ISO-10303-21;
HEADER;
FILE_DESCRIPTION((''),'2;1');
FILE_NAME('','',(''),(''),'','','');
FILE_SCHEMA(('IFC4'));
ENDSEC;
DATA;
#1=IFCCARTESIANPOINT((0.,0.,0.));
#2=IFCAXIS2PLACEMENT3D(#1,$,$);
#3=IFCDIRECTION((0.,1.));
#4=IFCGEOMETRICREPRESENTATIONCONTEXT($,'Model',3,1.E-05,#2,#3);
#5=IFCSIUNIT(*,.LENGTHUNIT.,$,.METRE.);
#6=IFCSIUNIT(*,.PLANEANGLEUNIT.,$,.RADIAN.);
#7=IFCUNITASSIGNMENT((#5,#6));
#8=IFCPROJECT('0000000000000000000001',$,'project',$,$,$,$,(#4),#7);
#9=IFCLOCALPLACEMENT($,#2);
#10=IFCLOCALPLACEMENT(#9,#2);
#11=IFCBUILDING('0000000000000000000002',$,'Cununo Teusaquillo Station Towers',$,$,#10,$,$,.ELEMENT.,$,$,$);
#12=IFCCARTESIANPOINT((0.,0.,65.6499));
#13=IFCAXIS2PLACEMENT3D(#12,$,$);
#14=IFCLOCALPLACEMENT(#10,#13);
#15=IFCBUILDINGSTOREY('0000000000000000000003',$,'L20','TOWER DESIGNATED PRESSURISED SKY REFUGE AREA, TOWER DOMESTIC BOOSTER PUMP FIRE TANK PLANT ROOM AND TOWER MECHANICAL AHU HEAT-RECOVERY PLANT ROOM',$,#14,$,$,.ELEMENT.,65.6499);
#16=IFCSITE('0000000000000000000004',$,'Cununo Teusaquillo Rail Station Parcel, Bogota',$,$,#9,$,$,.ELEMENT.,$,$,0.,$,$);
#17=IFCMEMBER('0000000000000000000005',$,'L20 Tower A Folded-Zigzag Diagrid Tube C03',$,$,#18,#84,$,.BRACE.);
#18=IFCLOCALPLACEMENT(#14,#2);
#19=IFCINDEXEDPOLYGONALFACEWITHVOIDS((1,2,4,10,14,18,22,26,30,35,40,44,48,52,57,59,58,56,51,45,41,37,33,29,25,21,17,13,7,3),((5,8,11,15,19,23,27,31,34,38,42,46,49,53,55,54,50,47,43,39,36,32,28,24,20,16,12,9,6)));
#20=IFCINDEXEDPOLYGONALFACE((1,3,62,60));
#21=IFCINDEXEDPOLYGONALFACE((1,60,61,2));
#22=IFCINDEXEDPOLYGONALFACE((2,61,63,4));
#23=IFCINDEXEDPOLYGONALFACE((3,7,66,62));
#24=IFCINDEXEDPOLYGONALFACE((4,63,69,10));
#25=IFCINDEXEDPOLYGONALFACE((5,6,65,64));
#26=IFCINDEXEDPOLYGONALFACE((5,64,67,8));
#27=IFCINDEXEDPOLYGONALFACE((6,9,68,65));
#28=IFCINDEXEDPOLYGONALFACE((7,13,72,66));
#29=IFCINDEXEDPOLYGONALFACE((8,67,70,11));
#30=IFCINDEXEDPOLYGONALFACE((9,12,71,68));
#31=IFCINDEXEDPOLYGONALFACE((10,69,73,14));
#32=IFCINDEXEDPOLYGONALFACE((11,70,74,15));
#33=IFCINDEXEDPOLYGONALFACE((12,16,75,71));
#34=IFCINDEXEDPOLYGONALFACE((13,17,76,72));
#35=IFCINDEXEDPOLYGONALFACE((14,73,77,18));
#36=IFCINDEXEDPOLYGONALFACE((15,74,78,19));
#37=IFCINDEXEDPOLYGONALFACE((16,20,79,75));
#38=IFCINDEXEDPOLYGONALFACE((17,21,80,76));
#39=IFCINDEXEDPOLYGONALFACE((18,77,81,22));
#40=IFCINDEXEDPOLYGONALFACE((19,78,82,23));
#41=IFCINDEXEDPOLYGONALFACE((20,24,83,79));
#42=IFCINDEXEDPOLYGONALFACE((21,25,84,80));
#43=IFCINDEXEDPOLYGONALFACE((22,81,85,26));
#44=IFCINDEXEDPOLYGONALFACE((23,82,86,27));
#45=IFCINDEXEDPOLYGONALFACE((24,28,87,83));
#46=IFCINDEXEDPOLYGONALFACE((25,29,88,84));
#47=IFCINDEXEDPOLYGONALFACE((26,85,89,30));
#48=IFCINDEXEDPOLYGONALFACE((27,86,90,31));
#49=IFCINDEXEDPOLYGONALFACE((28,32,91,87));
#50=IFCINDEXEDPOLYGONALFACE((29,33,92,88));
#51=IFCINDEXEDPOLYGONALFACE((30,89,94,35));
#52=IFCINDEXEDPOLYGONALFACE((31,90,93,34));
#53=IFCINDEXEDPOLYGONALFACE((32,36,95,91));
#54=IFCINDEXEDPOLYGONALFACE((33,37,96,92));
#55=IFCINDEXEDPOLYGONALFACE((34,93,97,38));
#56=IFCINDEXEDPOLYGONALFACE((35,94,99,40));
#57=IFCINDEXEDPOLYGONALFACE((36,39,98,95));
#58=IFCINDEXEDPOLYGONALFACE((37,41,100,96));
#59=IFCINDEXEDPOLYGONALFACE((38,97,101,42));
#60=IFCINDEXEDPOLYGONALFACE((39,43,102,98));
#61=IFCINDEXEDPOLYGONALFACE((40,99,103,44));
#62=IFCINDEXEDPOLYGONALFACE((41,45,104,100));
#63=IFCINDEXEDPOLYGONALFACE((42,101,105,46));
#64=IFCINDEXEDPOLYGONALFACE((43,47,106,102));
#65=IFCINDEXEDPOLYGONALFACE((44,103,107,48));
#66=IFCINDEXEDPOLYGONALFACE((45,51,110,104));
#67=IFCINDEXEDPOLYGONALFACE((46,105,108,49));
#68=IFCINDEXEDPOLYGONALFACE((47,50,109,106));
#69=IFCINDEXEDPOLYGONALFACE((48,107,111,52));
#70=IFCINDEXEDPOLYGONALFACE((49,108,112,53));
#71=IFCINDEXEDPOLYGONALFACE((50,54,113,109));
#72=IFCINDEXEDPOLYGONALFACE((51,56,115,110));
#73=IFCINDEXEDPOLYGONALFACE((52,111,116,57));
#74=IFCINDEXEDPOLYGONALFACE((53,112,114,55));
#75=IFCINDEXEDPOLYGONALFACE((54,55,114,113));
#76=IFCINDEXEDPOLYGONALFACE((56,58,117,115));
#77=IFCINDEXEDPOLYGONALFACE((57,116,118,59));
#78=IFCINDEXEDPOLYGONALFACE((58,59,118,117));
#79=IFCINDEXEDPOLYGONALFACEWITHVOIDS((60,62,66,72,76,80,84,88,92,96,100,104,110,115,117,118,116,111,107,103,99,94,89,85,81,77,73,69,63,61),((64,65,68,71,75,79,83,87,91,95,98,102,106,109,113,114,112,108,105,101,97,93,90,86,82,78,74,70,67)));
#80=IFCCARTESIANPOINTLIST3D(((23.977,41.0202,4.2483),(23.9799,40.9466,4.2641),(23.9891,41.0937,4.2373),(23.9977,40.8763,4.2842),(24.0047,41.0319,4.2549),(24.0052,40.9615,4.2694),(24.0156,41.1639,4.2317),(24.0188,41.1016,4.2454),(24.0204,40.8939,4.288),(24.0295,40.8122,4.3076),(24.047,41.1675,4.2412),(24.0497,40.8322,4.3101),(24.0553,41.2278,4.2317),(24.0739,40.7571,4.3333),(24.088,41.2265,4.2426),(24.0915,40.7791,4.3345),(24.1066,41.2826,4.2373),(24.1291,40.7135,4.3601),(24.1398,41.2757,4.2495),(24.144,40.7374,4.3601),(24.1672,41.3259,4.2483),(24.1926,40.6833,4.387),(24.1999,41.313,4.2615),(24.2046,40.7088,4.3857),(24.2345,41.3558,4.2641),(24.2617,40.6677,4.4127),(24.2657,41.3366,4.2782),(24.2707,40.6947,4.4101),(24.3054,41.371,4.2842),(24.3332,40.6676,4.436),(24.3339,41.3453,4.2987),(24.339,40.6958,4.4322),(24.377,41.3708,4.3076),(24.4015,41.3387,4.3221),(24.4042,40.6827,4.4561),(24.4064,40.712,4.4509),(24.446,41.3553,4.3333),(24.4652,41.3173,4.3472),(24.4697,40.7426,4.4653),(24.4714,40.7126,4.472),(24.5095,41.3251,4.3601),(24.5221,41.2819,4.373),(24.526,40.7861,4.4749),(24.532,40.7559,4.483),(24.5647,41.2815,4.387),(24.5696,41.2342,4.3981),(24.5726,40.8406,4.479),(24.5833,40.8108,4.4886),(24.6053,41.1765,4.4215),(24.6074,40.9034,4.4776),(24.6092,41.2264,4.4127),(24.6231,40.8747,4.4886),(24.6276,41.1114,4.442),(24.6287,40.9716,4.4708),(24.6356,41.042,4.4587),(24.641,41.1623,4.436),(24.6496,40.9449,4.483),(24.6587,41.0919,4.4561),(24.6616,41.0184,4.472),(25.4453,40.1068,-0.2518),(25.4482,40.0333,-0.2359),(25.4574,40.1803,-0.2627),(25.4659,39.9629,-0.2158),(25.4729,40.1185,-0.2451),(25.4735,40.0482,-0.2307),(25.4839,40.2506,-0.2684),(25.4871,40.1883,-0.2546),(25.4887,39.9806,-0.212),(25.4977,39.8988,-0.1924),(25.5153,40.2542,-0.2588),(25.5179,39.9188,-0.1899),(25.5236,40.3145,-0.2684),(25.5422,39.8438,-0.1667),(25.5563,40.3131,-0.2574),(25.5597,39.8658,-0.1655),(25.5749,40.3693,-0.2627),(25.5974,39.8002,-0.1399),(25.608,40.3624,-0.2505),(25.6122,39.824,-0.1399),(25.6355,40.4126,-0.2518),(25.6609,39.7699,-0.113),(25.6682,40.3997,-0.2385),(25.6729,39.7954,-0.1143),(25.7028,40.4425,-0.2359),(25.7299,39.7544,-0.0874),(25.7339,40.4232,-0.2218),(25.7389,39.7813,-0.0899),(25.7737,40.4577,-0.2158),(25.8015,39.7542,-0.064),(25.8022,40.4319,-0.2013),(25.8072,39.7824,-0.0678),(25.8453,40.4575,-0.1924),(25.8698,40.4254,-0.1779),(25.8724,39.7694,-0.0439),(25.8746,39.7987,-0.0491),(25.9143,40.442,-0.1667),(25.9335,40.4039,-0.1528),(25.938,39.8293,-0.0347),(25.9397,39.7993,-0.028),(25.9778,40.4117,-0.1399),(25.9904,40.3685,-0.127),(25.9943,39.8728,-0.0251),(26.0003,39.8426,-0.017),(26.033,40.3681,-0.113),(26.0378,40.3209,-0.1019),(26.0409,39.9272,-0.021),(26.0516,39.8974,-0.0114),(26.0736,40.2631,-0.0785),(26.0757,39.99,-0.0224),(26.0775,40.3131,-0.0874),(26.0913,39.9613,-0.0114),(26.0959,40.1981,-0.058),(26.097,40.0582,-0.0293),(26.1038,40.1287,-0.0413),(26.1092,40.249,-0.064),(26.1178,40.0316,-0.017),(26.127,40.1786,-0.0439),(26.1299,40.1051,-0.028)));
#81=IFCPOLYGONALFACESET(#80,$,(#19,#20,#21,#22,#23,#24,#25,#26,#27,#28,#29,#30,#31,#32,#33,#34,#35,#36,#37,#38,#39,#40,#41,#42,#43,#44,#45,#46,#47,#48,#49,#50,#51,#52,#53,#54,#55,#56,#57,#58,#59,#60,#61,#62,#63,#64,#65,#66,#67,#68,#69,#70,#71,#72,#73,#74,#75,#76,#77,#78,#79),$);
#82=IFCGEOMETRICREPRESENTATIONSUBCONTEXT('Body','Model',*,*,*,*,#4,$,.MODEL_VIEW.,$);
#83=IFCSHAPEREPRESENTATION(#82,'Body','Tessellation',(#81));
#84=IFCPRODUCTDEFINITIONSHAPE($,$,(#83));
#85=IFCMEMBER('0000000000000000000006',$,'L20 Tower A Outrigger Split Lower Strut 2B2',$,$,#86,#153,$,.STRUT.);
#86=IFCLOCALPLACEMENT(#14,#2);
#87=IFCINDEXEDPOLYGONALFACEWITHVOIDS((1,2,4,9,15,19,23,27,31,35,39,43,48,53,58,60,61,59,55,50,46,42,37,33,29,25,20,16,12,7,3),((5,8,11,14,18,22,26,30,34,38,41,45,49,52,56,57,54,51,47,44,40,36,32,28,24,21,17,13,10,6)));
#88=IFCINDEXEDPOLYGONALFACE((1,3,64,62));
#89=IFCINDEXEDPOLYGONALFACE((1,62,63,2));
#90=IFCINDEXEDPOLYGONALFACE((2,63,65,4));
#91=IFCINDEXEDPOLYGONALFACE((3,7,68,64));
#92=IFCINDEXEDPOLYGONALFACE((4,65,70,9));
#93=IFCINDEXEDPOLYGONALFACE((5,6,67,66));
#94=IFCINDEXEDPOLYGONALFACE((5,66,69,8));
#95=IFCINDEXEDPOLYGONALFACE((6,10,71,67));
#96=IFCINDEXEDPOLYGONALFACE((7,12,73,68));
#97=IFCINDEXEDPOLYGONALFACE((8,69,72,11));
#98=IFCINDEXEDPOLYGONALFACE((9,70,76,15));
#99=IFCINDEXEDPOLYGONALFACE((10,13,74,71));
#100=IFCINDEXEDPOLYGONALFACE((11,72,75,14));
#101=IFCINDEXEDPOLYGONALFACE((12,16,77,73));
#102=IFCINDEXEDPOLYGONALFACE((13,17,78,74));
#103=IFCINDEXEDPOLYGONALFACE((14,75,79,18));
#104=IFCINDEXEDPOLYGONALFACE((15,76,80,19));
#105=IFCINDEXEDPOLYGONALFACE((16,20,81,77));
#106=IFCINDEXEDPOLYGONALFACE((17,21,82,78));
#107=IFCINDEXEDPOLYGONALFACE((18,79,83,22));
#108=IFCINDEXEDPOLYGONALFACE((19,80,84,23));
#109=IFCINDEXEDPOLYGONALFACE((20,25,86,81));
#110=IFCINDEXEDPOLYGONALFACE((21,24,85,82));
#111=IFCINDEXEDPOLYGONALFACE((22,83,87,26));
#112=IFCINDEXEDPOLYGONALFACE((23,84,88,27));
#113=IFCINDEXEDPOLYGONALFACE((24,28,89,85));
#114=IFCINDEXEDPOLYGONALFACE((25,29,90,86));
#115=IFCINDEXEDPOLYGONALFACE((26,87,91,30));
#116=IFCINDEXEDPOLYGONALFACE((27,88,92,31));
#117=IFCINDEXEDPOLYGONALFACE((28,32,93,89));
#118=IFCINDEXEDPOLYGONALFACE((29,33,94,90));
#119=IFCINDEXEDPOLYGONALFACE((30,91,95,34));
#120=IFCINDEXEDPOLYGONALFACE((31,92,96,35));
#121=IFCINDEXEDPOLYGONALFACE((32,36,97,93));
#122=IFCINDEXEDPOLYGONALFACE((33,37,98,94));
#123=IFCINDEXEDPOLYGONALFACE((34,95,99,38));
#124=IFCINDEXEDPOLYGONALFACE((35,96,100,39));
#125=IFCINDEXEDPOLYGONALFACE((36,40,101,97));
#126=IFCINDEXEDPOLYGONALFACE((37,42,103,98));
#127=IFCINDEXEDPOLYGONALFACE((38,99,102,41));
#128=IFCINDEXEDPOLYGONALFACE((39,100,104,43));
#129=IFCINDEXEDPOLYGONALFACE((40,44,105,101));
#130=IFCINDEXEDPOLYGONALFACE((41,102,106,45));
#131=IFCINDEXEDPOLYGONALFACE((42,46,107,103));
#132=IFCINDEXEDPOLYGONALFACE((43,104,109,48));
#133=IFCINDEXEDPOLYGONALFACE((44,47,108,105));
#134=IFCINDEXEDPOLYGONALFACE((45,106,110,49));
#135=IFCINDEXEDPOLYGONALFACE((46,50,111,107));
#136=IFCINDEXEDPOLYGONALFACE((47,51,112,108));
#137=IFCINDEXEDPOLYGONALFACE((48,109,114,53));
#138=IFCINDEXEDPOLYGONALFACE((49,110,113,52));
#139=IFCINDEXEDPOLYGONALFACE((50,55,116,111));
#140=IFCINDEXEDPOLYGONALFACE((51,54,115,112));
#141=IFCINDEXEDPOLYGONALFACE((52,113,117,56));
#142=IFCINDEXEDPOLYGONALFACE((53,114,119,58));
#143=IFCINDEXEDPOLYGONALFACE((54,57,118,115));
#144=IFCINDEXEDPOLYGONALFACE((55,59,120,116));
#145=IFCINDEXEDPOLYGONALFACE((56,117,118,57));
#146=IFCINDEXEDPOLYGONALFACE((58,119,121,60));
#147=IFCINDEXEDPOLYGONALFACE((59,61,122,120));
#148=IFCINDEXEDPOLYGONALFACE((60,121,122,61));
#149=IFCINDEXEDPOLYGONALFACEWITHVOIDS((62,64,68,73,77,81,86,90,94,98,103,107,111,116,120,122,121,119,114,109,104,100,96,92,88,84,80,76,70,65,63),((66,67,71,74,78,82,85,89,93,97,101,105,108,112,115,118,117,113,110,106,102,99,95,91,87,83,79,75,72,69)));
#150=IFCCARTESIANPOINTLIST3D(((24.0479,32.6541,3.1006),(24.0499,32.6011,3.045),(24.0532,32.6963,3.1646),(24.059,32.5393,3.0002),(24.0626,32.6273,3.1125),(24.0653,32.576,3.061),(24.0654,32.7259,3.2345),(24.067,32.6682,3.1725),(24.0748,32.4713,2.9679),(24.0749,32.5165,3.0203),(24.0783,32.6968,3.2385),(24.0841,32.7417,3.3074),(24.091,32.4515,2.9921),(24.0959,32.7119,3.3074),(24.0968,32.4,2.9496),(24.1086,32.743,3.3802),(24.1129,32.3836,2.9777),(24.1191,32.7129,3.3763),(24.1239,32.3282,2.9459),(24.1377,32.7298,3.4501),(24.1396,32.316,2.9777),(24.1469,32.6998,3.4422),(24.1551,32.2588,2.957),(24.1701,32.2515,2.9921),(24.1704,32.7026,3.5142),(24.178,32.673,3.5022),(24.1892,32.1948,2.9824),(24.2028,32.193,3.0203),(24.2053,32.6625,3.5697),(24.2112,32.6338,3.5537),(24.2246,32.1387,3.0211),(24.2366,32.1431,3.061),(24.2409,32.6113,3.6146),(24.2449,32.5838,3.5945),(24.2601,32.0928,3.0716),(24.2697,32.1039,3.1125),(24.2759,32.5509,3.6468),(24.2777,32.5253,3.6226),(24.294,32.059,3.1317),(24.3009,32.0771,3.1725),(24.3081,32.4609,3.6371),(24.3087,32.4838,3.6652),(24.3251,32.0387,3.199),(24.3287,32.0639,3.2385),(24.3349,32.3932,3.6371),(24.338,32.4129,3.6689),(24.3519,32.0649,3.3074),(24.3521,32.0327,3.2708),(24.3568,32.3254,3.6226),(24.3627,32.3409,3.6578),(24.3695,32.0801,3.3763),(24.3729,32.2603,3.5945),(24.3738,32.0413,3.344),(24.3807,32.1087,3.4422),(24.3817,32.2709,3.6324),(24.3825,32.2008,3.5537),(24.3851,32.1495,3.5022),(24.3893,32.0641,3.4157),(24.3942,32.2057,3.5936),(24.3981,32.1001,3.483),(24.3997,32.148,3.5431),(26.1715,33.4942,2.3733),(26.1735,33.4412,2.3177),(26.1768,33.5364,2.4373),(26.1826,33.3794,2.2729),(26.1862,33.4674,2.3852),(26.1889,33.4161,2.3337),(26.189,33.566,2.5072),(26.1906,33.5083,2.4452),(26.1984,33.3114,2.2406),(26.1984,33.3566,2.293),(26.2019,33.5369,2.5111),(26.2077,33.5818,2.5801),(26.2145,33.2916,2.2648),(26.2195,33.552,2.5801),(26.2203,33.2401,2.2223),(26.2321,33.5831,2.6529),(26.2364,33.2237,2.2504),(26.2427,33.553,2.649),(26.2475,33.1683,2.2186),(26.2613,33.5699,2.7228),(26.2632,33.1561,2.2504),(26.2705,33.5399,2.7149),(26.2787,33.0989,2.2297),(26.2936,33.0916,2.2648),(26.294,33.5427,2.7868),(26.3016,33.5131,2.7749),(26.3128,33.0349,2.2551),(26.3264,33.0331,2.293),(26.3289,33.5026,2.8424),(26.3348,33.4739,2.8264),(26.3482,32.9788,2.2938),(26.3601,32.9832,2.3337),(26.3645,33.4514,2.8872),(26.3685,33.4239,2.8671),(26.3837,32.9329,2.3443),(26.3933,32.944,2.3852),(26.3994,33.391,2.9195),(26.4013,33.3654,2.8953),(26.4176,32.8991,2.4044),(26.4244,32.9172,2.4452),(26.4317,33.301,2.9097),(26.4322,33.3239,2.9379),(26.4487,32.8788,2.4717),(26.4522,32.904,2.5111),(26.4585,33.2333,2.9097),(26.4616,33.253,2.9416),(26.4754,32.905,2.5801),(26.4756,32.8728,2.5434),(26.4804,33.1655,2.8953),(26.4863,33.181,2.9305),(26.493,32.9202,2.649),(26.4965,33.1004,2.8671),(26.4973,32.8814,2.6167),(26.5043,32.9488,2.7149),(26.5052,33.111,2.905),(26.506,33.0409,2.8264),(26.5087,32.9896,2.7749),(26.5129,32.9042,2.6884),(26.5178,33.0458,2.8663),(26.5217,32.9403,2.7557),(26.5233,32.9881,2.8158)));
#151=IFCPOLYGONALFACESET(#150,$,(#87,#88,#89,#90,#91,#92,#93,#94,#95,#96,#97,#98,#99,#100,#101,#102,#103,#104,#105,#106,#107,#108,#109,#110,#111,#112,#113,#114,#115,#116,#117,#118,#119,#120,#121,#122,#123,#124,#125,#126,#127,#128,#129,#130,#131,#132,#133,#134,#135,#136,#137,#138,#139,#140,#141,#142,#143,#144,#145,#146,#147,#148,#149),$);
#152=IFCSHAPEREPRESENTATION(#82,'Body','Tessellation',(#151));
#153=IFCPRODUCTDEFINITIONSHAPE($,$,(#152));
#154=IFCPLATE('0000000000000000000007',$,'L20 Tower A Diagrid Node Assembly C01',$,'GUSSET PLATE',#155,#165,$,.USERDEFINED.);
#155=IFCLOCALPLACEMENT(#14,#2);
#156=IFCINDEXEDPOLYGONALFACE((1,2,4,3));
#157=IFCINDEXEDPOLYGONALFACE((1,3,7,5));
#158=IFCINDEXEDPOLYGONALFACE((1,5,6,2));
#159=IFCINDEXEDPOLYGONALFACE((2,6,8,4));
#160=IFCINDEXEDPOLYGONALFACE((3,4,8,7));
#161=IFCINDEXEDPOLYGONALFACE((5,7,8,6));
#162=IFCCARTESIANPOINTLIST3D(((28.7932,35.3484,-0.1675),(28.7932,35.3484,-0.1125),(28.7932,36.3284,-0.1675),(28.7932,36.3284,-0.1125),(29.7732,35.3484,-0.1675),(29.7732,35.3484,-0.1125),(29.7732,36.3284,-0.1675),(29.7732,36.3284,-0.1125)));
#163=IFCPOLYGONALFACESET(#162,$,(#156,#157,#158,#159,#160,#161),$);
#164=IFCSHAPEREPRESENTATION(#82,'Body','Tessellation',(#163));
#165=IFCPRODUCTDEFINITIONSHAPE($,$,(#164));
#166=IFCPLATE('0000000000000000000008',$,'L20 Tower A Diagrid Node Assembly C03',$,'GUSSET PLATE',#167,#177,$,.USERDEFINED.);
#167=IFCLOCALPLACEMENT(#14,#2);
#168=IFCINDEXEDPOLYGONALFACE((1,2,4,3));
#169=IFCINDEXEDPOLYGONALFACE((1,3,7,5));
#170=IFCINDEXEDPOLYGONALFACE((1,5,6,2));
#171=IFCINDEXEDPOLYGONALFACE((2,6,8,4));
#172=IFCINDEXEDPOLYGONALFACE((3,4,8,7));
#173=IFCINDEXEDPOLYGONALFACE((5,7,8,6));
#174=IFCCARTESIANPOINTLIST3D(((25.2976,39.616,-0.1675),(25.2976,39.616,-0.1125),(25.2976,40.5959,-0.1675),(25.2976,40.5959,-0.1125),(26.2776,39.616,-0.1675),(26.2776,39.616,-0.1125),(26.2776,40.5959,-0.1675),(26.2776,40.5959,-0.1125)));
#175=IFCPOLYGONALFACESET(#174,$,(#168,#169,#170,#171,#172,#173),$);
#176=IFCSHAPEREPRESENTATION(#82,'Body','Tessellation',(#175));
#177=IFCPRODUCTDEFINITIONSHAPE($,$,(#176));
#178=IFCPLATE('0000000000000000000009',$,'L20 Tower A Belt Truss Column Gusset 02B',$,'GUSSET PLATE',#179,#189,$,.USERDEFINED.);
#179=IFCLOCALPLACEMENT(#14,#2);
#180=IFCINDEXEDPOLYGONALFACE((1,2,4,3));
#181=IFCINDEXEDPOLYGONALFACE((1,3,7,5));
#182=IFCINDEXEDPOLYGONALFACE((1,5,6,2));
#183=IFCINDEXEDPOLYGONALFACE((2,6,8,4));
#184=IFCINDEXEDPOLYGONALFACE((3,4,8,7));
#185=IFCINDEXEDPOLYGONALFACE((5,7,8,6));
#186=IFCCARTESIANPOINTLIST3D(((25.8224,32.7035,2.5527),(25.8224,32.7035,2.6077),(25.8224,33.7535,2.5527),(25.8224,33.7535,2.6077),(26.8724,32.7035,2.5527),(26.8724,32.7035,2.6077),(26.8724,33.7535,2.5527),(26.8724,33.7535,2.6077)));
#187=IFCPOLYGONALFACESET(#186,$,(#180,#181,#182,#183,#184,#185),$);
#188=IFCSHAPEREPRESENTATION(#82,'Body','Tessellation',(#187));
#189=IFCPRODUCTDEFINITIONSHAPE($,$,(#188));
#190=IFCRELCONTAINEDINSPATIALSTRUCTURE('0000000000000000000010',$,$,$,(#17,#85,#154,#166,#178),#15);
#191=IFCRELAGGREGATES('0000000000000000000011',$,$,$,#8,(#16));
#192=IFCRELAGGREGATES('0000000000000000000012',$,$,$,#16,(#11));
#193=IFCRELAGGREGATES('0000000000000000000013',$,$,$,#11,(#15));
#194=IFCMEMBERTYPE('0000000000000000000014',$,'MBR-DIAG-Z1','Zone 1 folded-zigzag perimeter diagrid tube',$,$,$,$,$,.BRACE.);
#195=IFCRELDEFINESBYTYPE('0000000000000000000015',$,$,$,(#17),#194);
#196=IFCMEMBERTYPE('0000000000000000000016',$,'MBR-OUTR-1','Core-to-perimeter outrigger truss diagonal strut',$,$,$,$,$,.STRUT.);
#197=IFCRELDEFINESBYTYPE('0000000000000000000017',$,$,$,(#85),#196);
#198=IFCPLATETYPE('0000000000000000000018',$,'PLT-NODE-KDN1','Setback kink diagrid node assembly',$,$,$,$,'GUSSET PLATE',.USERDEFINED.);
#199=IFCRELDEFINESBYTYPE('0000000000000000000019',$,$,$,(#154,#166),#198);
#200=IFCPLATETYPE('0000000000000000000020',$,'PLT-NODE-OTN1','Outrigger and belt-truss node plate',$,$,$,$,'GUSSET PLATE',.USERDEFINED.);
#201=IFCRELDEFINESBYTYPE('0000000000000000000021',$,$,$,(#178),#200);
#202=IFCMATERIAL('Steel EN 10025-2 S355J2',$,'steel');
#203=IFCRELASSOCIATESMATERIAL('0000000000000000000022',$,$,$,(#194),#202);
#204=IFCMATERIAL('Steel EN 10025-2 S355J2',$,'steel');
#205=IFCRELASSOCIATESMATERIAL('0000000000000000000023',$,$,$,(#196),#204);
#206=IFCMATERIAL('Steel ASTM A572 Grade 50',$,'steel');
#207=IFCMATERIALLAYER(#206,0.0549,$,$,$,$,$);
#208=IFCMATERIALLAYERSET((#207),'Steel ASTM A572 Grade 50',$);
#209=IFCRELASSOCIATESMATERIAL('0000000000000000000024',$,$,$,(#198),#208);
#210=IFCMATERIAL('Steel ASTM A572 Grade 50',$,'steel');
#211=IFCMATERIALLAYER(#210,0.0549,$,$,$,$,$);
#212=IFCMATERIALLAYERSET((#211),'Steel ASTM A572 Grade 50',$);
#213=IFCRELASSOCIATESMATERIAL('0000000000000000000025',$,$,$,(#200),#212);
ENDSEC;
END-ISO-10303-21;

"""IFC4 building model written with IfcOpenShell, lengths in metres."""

from ifc_helpers import new_model, si_unit, direction, frame, origin, origin_2d, place, context, subcontext, project, spatial, rectangle, hollow_circle, extrude, source, transform, mapped, material, layer, layer_set, material_profile, profile_set, type_object, element, save


model = new_model("IFC4")

# Units and contexts
model_context = context("Model", 3, precision=1e-05, world=origin(), true_north=direction((0.0, 1.0)))
body_context = subcontext(model_context, "Body", "Model", "MODEL_VIEW")
ifc_project = project(units=[si_unit("LENGTHUNIT", "METRE"), si_unit("PLANEANGLEUNIT", "RADIAN")], contexts=[model_context])

# Site, building, storey
site_placement = place(None, origin())
site = spatial("IfcSite", under=ifc_project, at=site_placement, Name="Cununo Teusaquillo Rail Station Parcel, Bogota", CompositionType="ELEMENT", RefElevation=0.0)
building_placement = place(site_placement, origin())
building = spatial("IfcBuilding", under=site, at=building_placement, Name="Cununo Teusaquillo Station Towers", CompositionType="ELEMENT")
storey_placement = place(building_placement, frame((0.0, 0.0, 65.6499)))
storey = spatial("IfcBuildingStorey", under=building, at=storey_placement, Name="L20", Description="TOWER DESIGNATED PRESSURISED SKY REFUGE AREA, TOWER DOMESTIC BOOSTER PUMP FIRE TANK PLANT ROOM AND TOWER MECHANICAL AHU HEAT-RECOVERY PLANT ROOM", CompositionType="ELEMENT", Elevation=65.6499)

# Members
ifc_material_1 = material(Name="Steel EN 10025-2 S355J2", Category="steel")
ifc_material_profile_1 = material_profile(ifc_material_1, hollow_circle(Radius=0.3601, WallThickness=0.0281, at=origin_2d()), Name="CHS 720x28")
ifc_profile_set_1 = profile_set([ifc_material_profile_1], Name="Steel EN 10025-2 S355J2")
member_type_1 = type_object("IfcMemberType", Name="MBR-DIAG-Z1", Description="Zone 1 folded-zigzag perimeter diagrid tube", PredefinedType="BRACE", material=ifc_profile_set_1)
member_1_placement = place(storey_placement, frame((25.7876, 40.106, -0.1399), z_axis=(-0.304569, 0.189457, 0.933458), x_axis=(-0.528196, -0.849123, 0.0)))
element("IfcMember", 1, at=member_1_placement, inside=storey, type_object=member_type_1, Name="L20 Tower A Folded-Zigzag Diagrid Tube C03", PredefinedType="BRACE", context=body_context, shape_type="SweptSolid", body=[
    extrude(hollow_circle(Radius=0.3601, WallThickness=0.0281, at=origin_2d()), origin(), (0.0, 0.0, 1.0), 4.8208),
])
ifc_material_2 = material(Name="Steel EN 10025-2 S355J2", Category="steel")
ifc_material_profile_2 = material_profile(ifc_material_2, hollow_circle(Radius=0.3799, WallThickness=0.032, at=origin_2d()), Name="CHS 760x32")
ifc_profile_set_2 = profile_set([ifc_material_profile_2], Name="Steel EN 10025-2 S355J2")
member_type_2 = type_object("IfcMemberType", Name="MBR-OUTR-1", Description="Core-to-perimeter outrigger truss diagonal strut", PredefinedType="STRUT", material=ifc_profile_set_2)
member_2_placement = place(storey_placement, frame((24.2239, 32.3884, 3.3074), z_axis=(0.88603, 0.350521, -0.303458), x_axis=(-0.367867, 0.929878, 0.0)))
element("IfcMember", 2, at=member_2_placement, inside=storey, type_object=member_type_2, Name="L20 Tower A Outrigger Split Lower Strut 2B2", PredefinedType="STRUT", context=body_context, shape_type="SweptSolid", body=[
    extrude(hollow_circle(Radius=0.3799, WallThickness=0.032, at=origin_2d()), origin(), (0.0, 0.0, 1.0), 2.3967),
])

# Plates
ifc_material_3 = material(Name="Steel ASTM A572 Grade 50", Category="steel")
ifc_layer_1 = layer(ifc_material_3, 0.0549)
ifc_layer_set_1 = layer_set([ifc_layer_1], Name="Steel ASTM A572 Grade 50")
plate_type_1 = type_object("IfcPlateType", Name="PLT-NODE-KDN1", Description="Setback kink diagrid node assembly", ElementType="GUSSET PLATE", PredefinedType="USERDEFINED", material=ifc_layer_set_1)
shared_shape_1 = source(origin(), body_context, "Body", "SweptSolid", [
    extrude(rectangle(XDim=0.98, YDim=0.98, at=origin_2d()), origin(), (0.0, 0.0, 1.0), 0.0549),
])
for number, where, z_axis, x_axis, name in (
    (3, (29.2832, 35.8384, -0.1675), (0.0, 0.0, 1.0), (1.0, 0.0, 0.0), "L20 Tower A Diagrid Node Assembly C01"),
    (4, (25.7876, 40.106, -0.1675), (0.0, 0.0, 1.0), (1.0, 0.0, 0.0), "L20 Tower A Diagrid Node Assembly C03"),
):
    element("IfcPlate", number, at=place(storey_placement, frame(where, z_axis=z_axis, x_axis=x_axis)), inside=storey, type_object=plate_type_1, Name=name, ObjectType="GUSSET PLATE", PredefinedType="USERDEFINED", context=body_context, shape_type="MappedRepresentation", body=[
        mapped(shared_shape_1, transform((0.0, 0.0, 0.0), x_axis=(1.0, 0.0, 0.0), y_axis=(0.0, 1.0, 0.0), z_axis=(0.0, 0.0, 1.0), scale=1.0)),
    ])
ifc_material_4 = material(Name="Steel ASTM A572 Grade 50", Category="steel")
ifc_layer_2 = layer(ifc_material_4, 0.0549)
ifc_layer_set_2 = layer_set([ifc_layer_2], Name="Steel ASTM A572 Grade 50")
plate_type_2 = type_object("IfcPlateType", Name="PLT-NODE-OTN1", Description="Outrigger and belt-truss node plate", ElementType="GUSSET PLATE", PredefinedType="USERDEFINED", material=ifc_layer_set_2)
shared_shape_2 = source(origin(), body_context, "Body", "SweptSolid", [
    extrude(rectangle(XDim=1.05, YDim=1.05, at=origin_2d()), origin(), (0.0, 0.0, 1.0), 0.0549),
])
for number, where, z_axis, x_axis, name in (
    (5, (26.3474, 33.2285, 2.5527), (0.0, 0.0, 1.0), (1.0, 0.0, 0.0), "L20 Tower A Belt Truss Column Gusset 02B"),
):
    element("IfcPlate", number, at=place(storey_placement, frame(where, z_axis=z_axis, x_axis=x_axis)), inside=storey, type_object=plate_type_2, Name=name, ObjectType="GUSSET PLATE", PredefinedType="USERDEFINED", context=body_context, shape_type="MappedRepresentation", body=[
        mapped(shared_shape_2, transform((0.0, 0.0, 0.0), x_axis=(1.0, 0.0, 0.0), y_axis=(0.0, 1.0, 0.0), z_axis=(0.0, 0.0, 1.0), scale=1.0)),
    ])

save(model, "model.ifc")
